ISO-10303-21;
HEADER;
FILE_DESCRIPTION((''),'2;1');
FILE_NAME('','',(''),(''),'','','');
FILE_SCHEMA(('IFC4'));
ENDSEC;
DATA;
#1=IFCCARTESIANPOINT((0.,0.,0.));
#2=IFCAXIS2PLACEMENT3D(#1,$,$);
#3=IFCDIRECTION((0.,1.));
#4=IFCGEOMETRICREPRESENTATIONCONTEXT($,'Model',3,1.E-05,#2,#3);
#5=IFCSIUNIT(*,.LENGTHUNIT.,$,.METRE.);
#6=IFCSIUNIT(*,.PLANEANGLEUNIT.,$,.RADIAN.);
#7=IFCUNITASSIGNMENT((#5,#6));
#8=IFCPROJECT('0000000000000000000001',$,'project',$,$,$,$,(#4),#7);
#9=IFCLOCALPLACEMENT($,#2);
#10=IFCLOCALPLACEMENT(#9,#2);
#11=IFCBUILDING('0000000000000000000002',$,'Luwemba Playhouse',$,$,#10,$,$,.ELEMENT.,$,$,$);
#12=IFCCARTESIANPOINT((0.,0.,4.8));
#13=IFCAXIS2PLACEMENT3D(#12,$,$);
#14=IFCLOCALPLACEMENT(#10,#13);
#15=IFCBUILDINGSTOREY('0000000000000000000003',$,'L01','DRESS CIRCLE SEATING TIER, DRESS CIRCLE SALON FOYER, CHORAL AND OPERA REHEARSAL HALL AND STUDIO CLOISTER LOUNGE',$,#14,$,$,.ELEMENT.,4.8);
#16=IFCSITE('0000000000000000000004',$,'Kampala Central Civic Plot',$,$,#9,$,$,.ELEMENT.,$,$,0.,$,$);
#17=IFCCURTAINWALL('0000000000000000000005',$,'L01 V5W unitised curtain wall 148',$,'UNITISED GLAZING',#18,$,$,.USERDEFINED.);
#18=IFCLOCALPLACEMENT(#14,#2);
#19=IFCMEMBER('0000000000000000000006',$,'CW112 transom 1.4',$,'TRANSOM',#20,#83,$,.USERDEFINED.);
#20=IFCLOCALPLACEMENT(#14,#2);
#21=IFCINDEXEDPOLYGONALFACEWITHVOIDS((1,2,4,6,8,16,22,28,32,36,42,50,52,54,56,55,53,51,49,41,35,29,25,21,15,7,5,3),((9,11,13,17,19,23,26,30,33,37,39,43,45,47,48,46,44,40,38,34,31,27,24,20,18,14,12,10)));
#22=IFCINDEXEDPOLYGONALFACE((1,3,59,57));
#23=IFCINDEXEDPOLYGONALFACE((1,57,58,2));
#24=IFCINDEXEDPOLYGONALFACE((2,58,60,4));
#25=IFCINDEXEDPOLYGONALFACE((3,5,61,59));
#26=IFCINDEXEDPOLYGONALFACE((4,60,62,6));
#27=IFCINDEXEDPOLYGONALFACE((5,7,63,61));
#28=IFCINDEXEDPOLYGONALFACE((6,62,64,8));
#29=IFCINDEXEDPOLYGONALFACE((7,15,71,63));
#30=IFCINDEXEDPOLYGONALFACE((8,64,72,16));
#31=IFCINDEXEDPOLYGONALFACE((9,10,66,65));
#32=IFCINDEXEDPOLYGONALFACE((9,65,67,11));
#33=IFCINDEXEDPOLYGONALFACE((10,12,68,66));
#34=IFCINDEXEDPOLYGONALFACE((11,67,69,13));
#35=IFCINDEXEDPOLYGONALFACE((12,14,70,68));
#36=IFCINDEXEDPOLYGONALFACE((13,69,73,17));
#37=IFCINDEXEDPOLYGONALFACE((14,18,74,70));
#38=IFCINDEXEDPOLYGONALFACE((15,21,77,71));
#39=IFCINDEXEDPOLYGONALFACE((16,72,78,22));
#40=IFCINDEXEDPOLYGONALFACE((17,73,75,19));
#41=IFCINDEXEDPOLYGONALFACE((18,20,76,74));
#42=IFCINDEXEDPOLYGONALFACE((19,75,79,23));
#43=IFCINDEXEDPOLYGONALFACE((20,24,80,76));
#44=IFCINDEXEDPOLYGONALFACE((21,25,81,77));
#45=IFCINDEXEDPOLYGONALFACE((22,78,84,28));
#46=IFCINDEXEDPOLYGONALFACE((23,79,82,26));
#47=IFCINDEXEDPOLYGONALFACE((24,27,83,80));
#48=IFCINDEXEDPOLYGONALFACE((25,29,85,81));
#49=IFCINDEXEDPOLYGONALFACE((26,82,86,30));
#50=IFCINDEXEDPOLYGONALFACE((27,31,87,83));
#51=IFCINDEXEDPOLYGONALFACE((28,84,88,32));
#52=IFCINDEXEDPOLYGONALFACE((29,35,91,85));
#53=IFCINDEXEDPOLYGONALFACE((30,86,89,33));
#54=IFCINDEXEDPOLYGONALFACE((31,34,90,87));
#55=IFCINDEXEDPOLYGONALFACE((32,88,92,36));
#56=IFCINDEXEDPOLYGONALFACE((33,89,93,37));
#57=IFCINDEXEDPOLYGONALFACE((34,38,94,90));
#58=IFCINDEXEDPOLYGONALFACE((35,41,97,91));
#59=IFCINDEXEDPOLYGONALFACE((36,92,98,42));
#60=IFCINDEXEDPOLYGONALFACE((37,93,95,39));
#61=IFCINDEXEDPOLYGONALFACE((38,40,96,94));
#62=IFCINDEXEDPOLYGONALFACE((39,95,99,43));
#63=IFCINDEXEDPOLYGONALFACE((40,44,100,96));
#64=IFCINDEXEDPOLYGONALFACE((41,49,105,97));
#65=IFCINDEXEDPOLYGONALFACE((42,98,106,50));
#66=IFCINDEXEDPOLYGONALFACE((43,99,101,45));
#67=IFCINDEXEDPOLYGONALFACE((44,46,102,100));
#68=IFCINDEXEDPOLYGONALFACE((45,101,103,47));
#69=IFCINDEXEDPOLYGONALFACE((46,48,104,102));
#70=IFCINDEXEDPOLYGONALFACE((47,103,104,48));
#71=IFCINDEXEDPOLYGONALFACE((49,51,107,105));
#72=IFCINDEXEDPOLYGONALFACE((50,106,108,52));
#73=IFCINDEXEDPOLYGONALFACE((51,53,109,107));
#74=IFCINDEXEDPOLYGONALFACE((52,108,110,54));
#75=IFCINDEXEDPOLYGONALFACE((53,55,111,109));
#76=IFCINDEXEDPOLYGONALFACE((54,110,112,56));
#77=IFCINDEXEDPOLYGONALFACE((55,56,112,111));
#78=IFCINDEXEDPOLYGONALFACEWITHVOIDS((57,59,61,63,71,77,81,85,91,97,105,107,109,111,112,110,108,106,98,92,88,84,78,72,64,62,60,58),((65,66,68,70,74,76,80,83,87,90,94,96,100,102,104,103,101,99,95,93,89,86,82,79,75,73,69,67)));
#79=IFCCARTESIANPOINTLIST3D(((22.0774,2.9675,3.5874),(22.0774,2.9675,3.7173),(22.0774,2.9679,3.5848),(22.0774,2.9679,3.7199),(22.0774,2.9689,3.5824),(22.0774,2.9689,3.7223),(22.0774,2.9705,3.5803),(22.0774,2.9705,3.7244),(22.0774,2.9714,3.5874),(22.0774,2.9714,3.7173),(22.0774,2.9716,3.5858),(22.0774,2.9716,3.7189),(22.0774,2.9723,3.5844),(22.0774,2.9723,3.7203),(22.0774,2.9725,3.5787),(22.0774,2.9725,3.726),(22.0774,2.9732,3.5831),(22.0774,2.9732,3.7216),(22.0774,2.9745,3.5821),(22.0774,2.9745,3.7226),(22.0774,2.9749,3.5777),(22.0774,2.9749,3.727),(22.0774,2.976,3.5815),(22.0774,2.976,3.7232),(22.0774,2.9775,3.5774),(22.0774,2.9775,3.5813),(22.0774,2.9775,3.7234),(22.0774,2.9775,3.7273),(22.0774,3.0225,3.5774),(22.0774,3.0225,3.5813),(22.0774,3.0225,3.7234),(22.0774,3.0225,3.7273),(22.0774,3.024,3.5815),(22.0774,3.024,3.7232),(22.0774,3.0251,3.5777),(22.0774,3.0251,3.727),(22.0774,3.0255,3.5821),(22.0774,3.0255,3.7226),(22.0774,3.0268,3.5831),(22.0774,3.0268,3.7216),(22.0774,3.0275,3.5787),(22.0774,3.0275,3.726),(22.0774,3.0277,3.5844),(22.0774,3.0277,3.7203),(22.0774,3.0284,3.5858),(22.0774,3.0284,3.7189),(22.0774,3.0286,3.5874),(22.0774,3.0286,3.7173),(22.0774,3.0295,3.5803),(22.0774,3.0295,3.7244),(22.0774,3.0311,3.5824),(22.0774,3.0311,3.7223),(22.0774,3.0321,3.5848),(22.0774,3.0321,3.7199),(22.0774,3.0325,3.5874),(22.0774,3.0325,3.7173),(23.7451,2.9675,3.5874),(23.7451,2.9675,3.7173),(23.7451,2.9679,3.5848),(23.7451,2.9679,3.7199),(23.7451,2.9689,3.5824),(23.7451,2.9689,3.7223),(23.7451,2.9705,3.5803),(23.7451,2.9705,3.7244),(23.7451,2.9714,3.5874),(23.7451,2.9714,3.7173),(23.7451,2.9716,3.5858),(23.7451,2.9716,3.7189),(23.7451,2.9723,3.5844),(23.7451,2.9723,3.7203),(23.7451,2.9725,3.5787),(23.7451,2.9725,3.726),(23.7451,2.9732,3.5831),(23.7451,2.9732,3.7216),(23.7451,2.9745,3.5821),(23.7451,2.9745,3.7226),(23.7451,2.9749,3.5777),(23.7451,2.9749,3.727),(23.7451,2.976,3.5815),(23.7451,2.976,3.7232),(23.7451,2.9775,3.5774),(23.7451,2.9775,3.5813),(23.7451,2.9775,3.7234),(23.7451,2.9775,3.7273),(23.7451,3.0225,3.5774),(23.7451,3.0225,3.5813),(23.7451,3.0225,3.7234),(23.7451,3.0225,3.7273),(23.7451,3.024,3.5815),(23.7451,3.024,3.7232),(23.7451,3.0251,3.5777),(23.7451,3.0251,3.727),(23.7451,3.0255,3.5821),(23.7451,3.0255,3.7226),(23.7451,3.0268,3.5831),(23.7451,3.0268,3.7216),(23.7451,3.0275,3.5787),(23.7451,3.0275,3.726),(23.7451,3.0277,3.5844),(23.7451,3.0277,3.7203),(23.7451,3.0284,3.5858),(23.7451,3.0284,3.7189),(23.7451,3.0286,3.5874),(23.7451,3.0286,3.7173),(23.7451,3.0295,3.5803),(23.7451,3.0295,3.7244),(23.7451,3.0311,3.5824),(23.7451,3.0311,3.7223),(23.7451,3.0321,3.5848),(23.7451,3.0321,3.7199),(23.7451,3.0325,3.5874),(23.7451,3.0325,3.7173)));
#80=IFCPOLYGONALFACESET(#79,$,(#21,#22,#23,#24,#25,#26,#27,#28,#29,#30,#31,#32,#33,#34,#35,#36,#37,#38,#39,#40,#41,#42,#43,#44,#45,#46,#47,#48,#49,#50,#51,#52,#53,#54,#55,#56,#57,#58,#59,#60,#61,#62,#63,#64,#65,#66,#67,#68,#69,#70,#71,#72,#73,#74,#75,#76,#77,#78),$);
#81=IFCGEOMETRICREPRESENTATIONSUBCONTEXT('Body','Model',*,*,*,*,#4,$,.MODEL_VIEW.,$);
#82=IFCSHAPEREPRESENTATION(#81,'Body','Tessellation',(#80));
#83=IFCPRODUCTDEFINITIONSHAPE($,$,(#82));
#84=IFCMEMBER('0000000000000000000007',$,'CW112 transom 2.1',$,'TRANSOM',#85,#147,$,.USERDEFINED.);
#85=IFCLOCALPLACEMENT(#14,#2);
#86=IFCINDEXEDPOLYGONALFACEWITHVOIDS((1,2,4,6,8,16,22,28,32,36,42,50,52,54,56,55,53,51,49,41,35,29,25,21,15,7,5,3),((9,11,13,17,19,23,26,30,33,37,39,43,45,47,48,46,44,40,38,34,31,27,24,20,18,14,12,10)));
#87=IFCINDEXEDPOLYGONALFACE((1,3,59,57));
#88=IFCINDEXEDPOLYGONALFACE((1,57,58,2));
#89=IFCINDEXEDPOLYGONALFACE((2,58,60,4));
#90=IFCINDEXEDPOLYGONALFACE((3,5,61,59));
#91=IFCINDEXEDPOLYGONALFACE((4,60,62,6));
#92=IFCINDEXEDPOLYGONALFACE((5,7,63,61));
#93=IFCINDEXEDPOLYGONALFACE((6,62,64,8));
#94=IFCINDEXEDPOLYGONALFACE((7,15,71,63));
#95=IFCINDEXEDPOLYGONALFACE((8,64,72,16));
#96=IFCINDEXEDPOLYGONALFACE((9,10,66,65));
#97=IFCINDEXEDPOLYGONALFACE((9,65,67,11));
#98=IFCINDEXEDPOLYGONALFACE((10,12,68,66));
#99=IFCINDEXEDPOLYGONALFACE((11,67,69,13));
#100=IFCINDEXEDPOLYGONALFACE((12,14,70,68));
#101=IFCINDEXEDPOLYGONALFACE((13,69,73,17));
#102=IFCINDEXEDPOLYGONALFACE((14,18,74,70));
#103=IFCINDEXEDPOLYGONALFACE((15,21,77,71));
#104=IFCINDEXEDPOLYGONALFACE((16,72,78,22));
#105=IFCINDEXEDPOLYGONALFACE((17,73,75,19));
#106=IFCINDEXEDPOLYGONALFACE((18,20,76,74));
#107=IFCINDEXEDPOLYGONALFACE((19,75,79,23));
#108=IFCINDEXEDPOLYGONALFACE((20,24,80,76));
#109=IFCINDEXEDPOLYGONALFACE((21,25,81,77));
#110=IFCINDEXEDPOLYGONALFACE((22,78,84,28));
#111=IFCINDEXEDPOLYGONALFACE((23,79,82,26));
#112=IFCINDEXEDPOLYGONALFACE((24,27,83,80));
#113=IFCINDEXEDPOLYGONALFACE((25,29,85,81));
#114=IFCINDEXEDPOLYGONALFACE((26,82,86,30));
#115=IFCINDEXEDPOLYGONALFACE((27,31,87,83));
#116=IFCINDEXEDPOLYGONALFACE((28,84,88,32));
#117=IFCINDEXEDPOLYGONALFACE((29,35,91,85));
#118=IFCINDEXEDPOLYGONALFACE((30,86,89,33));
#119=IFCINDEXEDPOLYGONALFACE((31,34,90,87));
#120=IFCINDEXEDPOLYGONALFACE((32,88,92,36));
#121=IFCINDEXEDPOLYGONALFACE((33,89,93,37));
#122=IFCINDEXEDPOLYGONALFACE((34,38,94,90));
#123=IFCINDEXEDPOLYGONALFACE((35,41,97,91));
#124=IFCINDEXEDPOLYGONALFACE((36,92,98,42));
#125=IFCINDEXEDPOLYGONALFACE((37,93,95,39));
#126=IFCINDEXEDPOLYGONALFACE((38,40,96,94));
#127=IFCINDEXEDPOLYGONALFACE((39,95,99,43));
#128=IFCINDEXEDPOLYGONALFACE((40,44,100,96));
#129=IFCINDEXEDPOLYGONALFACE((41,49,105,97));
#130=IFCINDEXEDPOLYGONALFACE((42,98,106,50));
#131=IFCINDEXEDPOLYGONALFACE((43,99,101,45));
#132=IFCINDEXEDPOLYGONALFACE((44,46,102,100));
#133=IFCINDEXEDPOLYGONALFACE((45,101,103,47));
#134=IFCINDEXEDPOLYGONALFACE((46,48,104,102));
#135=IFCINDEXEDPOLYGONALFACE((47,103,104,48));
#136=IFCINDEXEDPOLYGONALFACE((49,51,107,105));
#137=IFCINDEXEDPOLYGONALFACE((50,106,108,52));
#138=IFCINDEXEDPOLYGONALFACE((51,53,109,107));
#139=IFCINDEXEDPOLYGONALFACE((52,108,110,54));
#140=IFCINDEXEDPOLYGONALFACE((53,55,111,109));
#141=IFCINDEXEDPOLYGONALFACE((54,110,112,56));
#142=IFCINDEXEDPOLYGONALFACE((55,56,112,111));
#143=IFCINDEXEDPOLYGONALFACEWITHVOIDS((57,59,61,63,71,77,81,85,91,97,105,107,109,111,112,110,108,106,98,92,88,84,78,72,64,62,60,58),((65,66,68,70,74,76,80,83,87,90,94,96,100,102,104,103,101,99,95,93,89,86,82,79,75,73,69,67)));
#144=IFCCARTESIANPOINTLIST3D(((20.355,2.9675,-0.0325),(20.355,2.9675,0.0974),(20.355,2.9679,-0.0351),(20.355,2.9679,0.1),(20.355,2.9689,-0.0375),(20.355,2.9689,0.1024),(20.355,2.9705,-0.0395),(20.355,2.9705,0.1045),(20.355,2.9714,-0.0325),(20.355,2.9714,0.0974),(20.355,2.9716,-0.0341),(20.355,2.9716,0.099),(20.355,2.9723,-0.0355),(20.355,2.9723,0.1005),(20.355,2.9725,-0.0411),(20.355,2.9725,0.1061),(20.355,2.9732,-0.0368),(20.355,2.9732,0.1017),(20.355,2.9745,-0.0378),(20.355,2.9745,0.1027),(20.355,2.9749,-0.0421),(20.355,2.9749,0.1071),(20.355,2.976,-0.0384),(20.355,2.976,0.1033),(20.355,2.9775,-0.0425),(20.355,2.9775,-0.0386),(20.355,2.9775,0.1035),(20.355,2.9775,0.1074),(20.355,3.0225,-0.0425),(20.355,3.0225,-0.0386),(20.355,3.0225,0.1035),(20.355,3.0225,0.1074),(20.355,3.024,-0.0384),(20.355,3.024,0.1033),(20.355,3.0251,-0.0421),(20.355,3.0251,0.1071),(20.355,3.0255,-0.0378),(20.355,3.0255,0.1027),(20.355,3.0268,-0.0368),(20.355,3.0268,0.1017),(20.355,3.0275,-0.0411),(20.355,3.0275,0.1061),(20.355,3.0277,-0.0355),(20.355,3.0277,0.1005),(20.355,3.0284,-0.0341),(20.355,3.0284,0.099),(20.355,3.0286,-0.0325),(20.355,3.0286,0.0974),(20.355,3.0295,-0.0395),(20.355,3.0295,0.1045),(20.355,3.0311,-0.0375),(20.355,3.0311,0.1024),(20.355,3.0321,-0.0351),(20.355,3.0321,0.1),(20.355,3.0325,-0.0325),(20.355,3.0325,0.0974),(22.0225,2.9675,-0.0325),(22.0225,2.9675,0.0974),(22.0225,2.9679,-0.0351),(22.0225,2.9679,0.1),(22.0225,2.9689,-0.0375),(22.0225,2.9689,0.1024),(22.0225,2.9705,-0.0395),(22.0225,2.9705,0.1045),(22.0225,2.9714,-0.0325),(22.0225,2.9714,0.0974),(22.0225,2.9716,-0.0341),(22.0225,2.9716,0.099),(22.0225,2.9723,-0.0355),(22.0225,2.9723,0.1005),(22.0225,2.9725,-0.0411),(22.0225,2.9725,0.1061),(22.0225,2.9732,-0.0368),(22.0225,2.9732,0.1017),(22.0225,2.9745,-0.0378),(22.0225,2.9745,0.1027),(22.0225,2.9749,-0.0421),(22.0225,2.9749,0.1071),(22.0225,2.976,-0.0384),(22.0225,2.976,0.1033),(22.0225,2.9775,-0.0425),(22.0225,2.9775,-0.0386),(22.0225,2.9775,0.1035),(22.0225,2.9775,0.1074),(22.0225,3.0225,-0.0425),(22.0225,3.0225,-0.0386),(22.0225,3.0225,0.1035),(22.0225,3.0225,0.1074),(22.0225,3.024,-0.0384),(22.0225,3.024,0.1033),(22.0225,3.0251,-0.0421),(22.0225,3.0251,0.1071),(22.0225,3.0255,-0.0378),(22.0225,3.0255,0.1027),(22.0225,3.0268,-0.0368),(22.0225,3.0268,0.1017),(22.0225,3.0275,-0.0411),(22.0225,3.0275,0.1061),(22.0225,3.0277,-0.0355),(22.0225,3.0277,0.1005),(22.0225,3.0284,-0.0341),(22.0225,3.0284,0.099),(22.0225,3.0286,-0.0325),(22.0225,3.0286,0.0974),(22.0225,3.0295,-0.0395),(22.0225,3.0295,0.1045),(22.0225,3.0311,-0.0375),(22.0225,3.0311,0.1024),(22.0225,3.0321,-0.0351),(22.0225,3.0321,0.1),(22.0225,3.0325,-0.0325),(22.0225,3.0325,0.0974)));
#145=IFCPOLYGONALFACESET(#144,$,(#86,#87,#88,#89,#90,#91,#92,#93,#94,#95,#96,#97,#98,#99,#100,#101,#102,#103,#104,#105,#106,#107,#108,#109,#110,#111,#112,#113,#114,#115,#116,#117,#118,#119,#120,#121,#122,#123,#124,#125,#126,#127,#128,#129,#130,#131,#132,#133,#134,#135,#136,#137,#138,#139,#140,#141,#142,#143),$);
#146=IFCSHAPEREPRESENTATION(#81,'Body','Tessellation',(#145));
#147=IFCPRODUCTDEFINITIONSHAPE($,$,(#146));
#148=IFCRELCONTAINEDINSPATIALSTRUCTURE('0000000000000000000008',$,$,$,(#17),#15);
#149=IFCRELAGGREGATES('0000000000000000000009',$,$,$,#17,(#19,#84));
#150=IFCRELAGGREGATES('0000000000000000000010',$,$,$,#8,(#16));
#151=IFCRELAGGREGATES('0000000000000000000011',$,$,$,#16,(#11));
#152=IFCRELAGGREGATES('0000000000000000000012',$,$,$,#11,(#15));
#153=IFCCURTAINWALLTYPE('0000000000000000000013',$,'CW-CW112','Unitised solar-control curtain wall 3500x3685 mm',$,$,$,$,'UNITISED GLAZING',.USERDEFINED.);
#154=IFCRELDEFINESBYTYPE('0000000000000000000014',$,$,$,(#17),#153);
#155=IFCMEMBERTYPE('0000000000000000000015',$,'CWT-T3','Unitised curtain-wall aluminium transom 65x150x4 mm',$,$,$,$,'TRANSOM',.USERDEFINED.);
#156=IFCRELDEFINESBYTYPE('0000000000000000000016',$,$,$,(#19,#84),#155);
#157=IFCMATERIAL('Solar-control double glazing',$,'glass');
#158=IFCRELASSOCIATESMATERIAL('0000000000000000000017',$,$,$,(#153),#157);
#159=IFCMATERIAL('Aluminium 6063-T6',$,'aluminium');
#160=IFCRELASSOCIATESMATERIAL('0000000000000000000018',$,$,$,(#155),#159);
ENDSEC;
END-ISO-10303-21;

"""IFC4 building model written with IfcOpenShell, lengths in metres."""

from ifc_helpers import new_model, si_unit, direction, frame, origin, origin_2d, place, context, subcontext, project, spatial, hollow_rectangle, extrude, material, material_profile, profile_set, type_object, element, aggregate, save


model = new_model("IFC4")

# Units and contexts
model_context = context("Model", 3, precision=1e-05, world=origin(), true_north=direction((0.0, 1.0)))
body_context = subcontext(model_context, "Body", "Model", "MODEL_VIEW")
ifc_project = project(units=[si_unit("LENGTHUNIT", "METRE"), si_unit("PLANEANGLEUNIT", "RADIAN")], contexts=[model_context])

# Site, building, storey
site_placement = place(None, origin())
site = spatial("IfcSite", under=ifc_project, at=site_placement, Name="Kampala Central Civic Plot", CompositionType="ELEMENT", RefElevation=0.0)
building_placement = place(site_placement, origin())
building = spatial("IfcBuilding", under=site, at=building_placement, Name="Luwemba Playhouse", CompositionType="ELEMENT")
storey_placement = place(building_placement, frame((0.0, 0.0, 4.8)))
storey = spatial("IfcBuildingStorey", under=building, at=storey_placement, Name="L01", Description="DRESS CIRCLE SEATING TIER, DRESS CIRCLE SALON FOYER, CHORAL AND OPERA REHEARSAL HALL AND STUDIO CLOISTER LOUNGE", CompositionType="ELEMENT", Elevation=4.8)

# Curtain wall
ifc_material_1 = material(Name="Solar-control double glazing", Category="glass")
curtain_wall_type_1 = type_object("IfcCurtainWallType", Name="CW-CW112", Description="Unitised solar-control curtain wall 3500x3685 mm", ElementType="UNITISED GLAZING", PredefinedType="USERDEFINED", material=ifc_material_1)
curtain_wall_1_placement = place(storey_placement, origin())
curtain_wall_1 = element("IfcCurtainWall", 1, at=curtain_wall_1_placement, inside=storey, type_object=curtain_wall_type_1, Name="L01 V5W unitised curtain wall 148", ObjectType="UNITISED GLAZING", PredefinedType="USERDEFINED")
ifc_material_2 = material(Name="Aluminium 6063-T6", Category="aluminium")

# Members
ifc_material_profile_1 = material_profile(ifc_material_2, hollow_rectangle(XDim=0.0649, YDim=0.1499, WallThickness=0.0039, InnerFilletRadius=0.0061, OuterFilletRadius=0.01, at=origin_2d()))
ifc_profile_set_1 = profile_set([ifc_material_profile_1], Name="Aluminium 6063-T6")
member_type_1 = type_object("IfcMemberType", Name="CWT-T3", Description="Unitised curtain-wall aluminium transom 65x150x4 mm", ElementType="TRANSOM", PredefinedType="USERDEFINED", material=ifc_profile_set_1)
member_1_placement = place(storey_placement, frame((23.7451, 3.0, 3.6523), z_axis=(-1.0, 0.0, 0.0), x_axis=(0.0, -1.0, 0.0)))
member_1 = element("IfcMember", 2, at=member_1_placement, type_object=member_type_1, Name="CW112 transom 1.4", ObjectType="TRANSOM", PredefinedType="USERDEFINED", context=body_context, shape_type="SweptSolid", body=[
    extrude(hollow_rectangle(XDim=0.0649, YDim=0.1499, WallThickness=0.0039, InnerFilletRadius=0.0061, OuterFilletRadius=0.01, at=origin_2d()), origin(), (0.0, 0.0, 1.0), 1.6677),
])
member_2_placement = place(storey_placement, frame((22.0225, 3.0, 0.0325), z_axis=(-1.0, 0.0, 0.0), x_axis=(0.0, -1.0, 0.0)))
member_2 = element("IfcMember", 3, at=member_2_placement, type_object=member_type_1, Name="CW112 transom 2.1", ObjectType="TRANSOM", PredefinedType="USERDEFINED", context=body_context, shape_type="SweptSolid", body=[
    extrude(hollow_rectangle(XDim=0.0649, YDim=0.1499, WallThickness=0.0039, InnerFilletRadius=0.0061, OuterFilletRadius=0.01, at=origin_2d()), origin(), (0.0, 0.0, 1.0), 1.6675),
])

aggregate(curtain_wall_1, [member_1, member_2])

save(model, "model.ifc")
